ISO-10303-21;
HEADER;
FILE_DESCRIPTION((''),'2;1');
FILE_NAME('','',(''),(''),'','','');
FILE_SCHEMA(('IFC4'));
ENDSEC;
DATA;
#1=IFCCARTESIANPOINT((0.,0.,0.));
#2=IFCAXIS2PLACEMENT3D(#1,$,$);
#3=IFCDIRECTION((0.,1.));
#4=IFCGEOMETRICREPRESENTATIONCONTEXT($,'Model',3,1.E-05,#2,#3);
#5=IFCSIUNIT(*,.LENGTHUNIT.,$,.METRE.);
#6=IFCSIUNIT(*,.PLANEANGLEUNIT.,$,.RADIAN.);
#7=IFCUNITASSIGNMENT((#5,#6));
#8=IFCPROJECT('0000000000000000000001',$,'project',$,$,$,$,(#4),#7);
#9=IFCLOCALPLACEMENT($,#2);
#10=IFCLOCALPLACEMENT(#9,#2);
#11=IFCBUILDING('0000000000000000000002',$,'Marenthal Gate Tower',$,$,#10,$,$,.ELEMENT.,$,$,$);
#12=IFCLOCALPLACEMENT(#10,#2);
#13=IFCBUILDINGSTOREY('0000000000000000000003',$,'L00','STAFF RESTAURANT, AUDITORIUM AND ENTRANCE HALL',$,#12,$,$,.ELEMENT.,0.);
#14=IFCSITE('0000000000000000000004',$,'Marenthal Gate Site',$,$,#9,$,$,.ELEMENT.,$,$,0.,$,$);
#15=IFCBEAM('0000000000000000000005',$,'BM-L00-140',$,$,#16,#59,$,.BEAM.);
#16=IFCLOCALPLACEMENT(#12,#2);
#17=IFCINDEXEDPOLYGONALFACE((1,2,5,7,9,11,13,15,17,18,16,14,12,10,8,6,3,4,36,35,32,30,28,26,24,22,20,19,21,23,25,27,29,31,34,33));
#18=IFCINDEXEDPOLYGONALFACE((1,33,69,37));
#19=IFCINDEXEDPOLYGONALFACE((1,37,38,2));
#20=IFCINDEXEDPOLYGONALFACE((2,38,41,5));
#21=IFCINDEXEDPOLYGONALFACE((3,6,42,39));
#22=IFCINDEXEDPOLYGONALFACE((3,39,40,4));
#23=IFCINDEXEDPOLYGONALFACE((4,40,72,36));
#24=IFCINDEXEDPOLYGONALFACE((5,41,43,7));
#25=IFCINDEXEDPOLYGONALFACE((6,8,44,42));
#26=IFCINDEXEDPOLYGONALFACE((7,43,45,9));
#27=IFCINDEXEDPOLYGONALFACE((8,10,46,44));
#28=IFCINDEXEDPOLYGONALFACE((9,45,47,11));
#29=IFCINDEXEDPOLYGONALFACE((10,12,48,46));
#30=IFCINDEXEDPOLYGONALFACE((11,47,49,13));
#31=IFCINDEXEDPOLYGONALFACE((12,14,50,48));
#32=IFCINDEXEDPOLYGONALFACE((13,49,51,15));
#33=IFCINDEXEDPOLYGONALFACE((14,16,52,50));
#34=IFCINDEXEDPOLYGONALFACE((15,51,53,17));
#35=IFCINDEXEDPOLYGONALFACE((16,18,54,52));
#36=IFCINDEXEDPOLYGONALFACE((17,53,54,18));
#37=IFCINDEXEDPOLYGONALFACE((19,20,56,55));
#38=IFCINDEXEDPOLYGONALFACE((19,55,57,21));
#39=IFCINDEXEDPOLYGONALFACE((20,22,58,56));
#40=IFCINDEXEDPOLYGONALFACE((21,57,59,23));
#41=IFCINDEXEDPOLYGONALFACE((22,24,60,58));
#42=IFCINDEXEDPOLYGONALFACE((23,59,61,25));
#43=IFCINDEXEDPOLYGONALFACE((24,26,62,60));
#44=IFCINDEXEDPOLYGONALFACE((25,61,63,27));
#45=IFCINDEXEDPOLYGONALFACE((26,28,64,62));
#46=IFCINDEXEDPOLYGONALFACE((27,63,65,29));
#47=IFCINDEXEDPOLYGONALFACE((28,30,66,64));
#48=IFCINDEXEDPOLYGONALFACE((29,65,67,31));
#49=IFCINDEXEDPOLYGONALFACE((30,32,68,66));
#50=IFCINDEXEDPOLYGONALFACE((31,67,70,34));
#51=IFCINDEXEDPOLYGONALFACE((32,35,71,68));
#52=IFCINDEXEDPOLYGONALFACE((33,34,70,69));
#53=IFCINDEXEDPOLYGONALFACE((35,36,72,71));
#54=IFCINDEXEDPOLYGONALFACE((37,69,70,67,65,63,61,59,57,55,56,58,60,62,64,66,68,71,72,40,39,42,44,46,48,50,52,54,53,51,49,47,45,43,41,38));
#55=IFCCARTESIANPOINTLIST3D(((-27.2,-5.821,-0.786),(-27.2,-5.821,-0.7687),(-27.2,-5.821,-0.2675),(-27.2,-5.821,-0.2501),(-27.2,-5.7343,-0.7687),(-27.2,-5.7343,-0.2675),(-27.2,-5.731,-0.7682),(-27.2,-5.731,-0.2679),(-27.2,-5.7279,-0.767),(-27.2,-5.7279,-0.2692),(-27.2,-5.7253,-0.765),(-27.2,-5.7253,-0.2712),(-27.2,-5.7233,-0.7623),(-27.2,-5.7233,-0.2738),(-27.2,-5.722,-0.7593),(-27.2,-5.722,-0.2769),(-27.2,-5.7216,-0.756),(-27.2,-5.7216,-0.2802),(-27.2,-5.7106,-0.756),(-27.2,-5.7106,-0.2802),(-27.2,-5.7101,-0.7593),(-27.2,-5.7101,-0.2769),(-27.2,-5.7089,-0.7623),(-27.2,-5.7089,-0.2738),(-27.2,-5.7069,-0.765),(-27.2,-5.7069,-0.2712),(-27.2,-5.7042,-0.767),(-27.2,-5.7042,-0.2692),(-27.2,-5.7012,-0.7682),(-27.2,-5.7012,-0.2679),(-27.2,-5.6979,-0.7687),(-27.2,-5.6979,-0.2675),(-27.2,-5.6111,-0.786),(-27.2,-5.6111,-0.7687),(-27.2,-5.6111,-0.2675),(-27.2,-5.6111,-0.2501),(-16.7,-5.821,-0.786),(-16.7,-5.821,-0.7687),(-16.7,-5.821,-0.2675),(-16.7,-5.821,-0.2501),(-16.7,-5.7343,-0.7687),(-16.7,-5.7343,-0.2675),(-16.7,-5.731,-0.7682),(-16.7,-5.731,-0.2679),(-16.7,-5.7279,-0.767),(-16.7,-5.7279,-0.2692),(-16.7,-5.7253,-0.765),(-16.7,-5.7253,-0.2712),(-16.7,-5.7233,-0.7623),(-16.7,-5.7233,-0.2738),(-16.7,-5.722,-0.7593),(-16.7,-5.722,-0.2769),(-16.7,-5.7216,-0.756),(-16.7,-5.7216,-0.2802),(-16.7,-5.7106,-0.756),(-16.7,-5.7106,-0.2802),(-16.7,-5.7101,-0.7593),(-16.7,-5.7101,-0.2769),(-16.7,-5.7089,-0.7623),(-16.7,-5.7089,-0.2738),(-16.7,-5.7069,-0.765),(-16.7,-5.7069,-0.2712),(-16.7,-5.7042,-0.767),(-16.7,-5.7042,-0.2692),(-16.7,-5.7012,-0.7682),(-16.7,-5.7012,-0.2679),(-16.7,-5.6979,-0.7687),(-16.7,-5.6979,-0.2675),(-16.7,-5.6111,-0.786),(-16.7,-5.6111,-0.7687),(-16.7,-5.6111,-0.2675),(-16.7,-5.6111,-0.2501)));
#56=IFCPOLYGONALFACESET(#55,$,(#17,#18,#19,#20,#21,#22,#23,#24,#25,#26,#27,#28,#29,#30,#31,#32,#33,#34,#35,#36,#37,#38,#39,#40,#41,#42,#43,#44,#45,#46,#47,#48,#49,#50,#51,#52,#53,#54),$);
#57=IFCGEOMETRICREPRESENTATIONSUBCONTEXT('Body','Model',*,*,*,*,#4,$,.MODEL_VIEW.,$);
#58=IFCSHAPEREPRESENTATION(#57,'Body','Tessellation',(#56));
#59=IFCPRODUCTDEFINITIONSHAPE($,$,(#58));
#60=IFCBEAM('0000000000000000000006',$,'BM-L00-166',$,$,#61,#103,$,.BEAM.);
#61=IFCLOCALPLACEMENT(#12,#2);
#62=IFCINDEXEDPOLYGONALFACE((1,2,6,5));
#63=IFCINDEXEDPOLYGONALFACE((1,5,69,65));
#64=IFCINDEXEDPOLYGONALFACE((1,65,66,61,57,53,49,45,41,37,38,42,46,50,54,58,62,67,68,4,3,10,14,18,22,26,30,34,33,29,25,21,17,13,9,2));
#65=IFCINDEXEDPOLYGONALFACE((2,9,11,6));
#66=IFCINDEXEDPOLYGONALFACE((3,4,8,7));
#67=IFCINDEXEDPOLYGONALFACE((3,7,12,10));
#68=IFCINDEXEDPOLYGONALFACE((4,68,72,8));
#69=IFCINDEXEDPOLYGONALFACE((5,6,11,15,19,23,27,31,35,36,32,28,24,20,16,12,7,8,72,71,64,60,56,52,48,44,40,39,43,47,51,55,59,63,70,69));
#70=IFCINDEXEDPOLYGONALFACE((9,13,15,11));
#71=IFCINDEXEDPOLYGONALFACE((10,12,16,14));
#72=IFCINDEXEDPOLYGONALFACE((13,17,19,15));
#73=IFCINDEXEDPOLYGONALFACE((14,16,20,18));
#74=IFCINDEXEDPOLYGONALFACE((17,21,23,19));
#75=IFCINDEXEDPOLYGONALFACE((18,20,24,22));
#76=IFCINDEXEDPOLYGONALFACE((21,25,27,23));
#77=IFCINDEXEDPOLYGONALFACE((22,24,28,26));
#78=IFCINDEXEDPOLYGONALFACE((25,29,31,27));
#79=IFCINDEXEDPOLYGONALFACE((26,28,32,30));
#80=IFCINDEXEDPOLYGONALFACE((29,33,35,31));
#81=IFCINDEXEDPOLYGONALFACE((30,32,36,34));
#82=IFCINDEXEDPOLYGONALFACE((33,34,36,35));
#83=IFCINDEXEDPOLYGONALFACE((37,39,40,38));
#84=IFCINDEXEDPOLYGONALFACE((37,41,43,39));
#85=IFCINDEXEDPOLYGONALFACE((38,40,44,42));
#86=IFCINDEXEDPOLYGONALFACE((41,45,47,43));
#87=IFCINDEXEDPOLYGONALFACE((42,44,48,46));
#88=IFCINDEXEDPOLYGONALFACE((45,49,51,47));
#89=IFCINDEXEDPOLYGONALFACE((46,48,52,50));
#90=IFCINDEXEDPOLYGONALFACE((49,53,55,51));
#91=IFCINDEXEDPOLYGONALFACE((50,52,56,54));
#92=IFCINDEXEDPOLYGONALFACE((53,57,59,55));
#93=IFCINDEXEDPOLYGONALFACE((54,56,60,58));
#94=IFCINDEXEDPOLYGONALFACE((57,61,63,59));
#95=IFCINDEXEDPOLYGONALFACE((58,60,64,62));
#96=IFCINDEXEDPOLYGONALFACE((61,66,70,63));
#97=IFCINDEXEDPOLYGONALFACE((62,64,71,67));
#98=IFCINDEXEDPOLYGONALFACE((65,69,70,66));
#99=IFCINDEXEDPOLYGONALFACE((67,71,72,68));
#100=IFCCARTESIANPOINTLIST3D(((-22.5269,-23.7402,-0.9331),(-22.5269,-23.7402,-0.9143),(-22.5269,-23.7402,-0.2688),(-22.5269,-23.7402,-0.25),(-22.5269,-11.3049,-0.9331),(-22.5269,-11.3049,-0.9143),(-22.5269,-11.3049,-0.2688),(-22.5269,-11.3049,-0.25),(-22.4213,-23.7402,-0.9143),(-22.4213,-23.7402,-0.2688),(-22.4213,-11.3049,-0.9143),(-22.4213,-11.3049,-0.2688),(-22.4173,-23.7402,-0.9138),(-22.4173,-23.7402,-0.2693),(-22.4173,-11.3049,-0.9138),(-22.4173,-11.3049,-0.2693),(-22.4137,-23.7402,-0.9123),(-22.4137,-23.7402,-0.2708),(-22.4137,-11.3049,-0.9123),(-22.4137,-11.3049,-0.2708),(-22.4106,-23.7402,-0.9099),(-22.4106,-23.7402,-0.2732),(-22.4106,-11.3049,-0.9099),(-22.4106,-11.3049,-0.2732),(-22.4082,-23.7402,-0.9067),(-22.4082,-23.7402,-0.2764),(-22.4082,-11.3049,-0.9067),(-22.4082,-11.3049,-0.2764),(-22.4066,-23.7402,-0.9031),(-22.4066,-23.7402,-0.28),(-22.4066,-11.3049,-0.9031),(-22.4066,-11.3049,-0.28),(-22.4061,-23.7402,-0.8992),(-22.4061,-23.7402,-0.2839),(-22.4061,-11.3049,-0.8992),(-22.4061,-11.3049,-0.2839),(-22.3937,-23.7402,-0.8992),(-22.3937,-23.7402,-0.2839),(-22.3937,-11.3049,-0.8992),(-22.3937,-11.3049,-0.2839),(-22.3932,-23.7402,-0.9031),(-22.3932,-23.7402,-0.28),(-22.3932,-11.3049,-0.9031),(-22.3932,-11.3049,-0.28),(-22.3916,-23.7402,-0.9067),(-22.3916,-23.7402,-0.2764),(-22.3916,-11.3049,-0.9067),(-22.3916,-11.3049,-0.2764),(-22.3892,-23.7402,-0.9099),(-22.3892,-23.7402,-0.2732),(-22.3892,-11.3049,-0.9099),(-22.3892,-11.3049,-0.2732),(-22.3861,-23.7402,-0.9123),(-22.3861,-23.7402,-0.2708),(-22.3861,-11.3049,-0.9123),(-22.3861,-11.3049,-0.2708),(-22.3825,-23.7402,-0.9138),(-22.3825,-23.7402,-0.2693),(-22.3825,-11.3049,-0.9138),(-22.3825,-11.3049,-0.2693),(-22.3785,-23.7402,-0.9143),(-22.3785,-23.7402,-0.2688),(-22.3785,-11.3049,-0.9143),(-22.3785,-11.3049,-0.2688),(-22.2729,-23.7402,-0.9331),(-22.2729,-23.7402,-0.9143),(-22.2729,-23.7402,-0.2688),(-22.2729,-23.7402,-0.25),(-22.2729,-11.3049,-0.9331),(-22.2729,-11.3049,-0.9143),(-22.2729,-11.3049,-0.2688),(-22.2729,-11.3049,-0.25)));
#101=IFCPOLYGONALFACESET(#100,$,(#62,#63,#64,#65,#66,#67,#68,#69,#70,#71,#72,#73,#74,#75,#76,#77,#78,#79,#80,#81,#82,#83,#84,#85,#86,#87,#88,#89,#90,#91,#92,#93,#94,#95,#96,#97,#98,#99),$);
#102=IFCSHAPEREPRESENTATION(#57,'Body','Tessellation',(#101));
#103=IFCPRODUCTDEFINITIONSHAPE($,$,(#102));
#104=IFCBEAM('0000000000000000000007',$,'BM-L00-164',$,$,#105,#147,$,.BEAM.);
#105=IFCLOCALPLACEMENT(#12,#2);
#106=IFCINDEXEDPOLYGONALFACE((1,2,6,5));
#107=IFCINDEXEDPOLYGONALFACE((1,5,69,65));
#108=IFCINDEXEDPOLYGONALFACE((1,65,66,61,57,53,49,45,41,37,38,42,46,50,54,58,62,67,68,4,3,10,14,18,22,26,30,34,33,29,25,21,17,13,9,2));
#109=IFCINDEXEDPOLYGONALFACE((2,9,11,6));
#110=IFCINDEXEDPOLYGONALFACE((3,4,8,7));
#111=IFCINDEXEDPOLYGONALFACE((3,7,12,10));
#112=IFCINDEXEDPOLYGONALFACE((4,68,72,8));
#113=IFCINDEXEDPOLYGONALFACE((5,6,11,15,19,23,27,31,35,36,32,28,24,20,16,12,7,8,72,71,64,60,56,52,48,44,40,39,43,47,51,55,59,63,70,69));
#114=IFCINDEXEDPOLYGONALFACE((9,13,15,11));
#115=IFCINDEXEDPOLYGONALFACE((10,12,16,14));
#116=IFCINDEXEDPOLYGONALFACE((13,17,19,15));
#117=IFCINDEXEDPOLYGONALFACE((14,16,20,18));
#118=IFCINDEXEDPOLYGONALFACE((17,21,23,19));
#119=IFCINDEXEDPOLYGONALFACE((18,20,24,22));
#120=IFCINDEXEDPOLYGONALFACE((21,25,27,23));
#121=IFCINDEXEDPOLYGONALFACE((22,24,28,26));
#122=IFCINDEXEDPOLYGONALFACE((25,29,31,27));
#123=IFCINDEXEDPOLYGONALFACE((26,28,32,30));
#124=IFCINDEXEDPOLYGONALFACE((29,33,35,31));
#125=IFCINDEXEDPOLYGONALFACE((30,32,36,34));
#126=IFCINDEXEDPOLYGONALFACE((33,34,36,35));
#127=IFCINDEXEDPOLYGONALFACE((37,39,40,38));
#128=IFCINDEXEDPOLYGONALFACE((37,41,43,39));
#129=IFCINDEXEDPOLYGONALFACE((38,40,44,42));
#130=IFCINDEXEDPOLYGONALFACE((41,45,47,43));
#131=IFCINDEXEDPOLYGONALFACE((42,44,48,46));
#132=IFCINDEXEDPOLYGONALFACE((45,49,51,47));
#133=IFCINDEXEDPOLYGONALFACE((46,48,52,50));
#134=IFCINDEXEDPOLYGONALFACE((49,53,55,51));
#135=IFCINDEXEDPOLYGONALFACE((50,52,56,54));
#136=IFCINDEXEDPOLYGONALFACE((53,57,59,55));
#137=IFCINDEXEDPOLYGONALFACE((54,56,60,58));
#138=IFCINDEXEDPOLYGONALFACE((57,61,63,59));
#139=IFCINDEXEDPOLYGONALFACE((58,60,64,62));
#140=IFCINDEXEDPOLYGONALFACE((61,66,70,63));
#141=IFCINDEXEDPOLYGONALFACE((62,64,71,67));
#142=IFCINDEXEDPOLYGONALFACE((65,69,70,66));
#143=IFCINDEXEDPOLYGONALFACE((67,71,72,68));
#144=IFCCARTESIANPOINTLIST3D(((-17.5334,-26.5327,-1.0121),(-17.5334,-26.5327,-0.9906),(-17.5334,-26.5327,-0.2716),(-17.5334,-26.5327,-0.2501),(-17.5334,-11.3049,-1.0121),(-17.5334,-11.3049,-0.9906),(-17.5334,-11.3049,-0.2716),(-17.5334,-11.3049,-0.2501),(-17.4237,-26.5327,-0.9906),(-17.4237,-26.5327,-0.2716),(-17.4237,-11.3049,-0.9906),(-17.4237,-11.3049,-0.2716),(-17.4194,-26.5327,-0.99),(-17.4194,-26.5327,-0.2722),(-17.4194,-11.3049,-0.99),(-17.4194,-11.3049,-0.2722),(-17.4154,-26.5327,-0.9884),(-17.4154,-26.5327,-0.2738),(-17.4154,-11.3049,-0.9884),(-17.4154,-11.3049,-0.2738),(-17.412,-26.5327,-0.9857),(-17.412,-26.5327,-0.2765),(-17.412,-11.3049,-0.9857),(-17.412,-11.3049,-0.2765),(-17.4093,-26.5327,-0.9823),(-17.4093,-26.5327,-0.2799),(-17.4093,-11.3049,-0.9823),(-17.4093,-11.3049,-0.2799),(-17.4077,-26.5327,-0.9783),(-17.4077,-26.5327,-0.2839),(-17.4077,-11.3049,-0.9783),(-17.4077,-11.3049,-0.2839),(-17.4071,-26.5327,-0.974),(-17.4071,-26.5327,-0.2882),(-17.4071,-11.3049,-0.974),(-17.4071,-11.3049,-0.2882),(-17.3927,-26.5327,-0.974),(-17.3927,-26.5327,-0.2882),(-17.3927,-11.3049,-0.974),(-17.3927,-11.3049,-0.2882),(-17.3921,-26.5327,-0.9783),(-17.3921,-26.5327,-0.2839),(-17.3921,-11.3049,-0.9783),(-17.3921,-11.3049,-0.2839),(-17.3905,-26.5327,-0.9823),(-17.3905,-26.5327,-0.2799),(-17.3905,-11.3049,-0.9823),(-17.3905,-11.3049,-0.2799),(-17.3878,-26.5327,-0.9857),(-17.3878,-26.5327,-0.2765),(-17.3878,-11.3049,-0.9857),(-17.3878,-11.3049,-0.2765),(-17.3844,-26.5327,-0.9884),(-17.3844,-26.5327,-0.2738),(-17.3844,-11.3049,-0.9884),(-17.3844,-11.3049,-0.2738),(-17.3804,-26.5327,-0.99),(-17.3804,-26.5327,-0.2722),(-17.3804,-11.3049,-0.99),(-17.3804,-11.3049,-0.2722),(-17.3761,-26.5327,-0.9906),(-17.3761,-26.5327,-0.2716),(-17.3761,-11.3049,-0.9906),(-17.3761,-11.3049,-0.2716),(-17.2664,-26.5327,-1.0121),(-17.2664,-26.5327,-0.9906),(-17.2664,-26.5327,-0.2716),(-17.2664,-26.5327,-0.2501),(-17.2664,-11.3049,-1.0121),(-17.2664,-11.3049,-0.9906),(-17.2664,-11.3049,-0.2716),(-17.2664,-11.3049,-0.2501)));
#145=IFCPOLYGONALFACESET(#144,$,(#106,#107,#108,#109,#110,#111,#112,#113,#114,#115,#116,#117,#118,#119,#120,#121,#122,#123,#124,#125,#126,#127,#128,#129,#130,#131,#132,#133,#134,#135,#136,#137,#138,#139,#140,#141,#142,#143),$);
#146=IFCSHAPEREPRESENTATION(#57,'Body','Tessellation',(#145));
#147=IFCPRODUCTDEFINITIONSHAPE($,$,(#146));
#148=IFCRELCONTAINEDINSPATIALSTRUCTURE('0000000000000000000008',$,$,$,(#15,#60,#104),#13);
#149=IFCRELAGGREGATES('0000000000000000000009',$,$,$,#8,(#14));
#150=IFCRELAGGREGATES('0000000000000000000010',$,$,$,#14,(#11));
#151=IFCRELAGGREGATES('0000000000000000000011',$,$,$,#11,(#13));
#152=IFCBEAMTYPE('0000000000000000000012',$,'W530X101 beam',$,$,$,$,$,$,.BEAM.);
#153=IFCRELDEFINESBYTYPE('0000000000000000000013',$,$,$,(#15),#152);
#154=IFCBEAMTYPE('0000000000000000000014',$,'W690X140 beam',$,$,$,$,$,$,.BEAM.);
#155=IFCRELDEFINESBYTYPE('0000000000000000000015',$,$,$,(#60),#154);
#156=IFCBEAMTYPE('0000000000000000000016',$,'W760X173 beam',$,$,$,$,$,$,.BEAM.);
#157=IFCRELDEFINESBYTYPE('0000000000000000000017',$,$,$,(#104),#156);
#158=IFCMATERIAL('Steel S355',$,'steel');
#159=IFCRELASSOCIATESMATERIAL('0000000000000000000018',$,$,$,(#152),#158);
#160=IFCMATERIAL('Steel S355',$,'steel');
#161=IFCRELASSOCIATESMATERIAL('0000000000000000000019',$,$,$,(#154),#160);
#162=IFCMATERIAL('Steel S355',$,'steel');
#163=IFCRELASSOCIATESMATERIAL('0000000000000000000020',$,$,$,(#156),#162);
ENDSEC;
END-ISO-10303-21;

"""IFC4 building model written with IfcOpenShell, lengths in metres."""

from ifc_helpers import new_model, si_unit, direction, frame, origin, origin_2d, place, context, subcontext, project, spatial, i_section, extrude, material, material_profile, profile_set, type_object, element, save


model = new_model("IFC4")

# Units and contexts
model_context = context("Model", 3, precision=1e-05, world=origin(), true_north=direction((0.0, 1.0)))
body_context = subcontext(model_context, "Body", "Model", "MODEL_VIEW")
ifc_project = project(units=[si_unit("LENGTHUNIT", "METRE"), si_unit("PLANEANGLEUNIT", "RADIAN")], contexts=[model_context])

# Site, building, storey
site_placement = place(None, origin())
site = spatial("IfcSite", under=ifc_project, at=site_placement, Name="Marenthal Gate Site", CompositionType="ELEMENT", RefElevation=0.0)
building_placement = place(site_placement, origin())
building = spatial("IfcBuilding", under=site, at=building_placement, Name="Marenthal Gate Tower", CompositionType="ELEMENT")
storey_placement = place(building_placement, origin())
storey = spatial("IfcBuildingStorey", under=building, at=storey_placement, Name="L00", Description="STAFF RESTAURANT, AUDITORIUM AND ENTRANCE HALL", CompositionType="ELEMENT", Elevation=0.0)

# Beams
ifc_material_1 = material(Name="Steel S355", Category="steel")
ifc_material_profile_1 = material_profile(ifc_material_1, i_section(OverallWidth=0.21, OverallDepth=0.5359, WebThickness=0.011, FlangeThickness=0.0173, FilletRadius=0.0127, at=origin_2d()), Name="W530X101")
ifc_profile_set_1 = profile_set([ifc_material_profile_1], Name="Steel S355")
beam_type_1 = type_object("IfcBeamType", Name="W530X101 beam", PredefinedType="BEAM", material=ifc_profile_set_1)
beam_1_placement = place(storey_placement, frame((-16.7, -5.7161, -0.5181), z_axis=(-1.0, 0.0, 0.0), x_axis=(0.0, -1.0, 0.0)))
element("IfcBeam", 1, at=beam_1_placement, inside=storey, type_object=beam_type_1, Name="BM-L00-140", PredefinedType="BEAM", context=body_context, shape_type="SweptSolid", body=[
    extrude(i_section(OverallWidth=0.21, OverallDepth=0.5359, WebThickness=0.011, FlangeThickness=0.0173, FilletRadius=0.0127, at=origin_2d()), origin(), (0.0, 0.0, 1.0), 10.5),
])
ifc_material_2 = material(Name="Steel S355", Category="steel")
ifc_material_profile_2 = material_profile(ifc_material_2, i_section(OverallWidth=0.2539, OverallDepth=0.6831, WebThickness=0.0125, FlangeThickness=0.0188, FilletRadius=0.0151, at=origin_2d()), Name="W690X140")
ifc_profile_set_2 = profile_set([ifc_material_profile_2], Name="Steel S355")
beam_type_2 = type_object("IfcBeamType", Name="W690X140 beam", PredefinedType="BEAM", material=ifc_profile_set_2)
beam_2_placement = place(storey_placement, frame((-22.3999, -11.3049, -0.5916), z_axis=(0.0, -1.0, 0.0), x_axis=(1.0, 0.0, 0.0)))
element("IfcBeam", 2, at=beam_2_placement, inside=storey, type_object=beam_type_2, Name="BM-L00-166", PredefinedType="BEAM", context=body_context, shape_type="SweptSolid", body=[
    extrude(i_section(OverallWidth=0.2539, OverallDepth=0.6831, WebThickness=0.0125, FlangeThickness=0.0188, FilletRadius=0.0151, at=origin_2d()), origin(), (0.0, 0.0, 1.0), 12.4353),
])
ifc_material_3 = material(Name="Steel S355", Category="steel")
ifc_material_profile_3 = material_profile(ifc_material_3, i_section(OverallWidth=0.2671, OverallDepth=0.762, WebThickness=0.0144, FlangeThickness=0.0215, FilletRadius=0.0166, at=origin_2d()), Name="W760X173")
ifc_profile_set_3 = profile_set([ifc_material_profile_3], Name="Steel S355")
beam_type_3 = type_object("IfcBeamType", Name="W760X173 beam", PredefinedType="BEAM", material=ifc_profile_set_3)
beam_3_placement = place(storey_placement, frame((-17.3999, -11.3049, -0.6311), z_axis=(0.0, -1.0, 0.0), x_axis=(1.0, 0.0, 0.0)))
element("IfcBeam", 3, at=beam_3_placement, inside=storey, type_object=beam_type_3, Name="BM-L00-164", PredefinedType="BEAM", context=body_context, shape_type="SweptSolid", body=[
    extrude(i_section(OverallWidth=0.2671, OverallDepth=0.762, WebThickness=0.0144, FlangeThickness=0.0215, FilletRadius=0.0166, at=origin_2d()), origin(), (0.0, 0.0, 1.0), 15.2278),
])

save(model, "model.ifc")
